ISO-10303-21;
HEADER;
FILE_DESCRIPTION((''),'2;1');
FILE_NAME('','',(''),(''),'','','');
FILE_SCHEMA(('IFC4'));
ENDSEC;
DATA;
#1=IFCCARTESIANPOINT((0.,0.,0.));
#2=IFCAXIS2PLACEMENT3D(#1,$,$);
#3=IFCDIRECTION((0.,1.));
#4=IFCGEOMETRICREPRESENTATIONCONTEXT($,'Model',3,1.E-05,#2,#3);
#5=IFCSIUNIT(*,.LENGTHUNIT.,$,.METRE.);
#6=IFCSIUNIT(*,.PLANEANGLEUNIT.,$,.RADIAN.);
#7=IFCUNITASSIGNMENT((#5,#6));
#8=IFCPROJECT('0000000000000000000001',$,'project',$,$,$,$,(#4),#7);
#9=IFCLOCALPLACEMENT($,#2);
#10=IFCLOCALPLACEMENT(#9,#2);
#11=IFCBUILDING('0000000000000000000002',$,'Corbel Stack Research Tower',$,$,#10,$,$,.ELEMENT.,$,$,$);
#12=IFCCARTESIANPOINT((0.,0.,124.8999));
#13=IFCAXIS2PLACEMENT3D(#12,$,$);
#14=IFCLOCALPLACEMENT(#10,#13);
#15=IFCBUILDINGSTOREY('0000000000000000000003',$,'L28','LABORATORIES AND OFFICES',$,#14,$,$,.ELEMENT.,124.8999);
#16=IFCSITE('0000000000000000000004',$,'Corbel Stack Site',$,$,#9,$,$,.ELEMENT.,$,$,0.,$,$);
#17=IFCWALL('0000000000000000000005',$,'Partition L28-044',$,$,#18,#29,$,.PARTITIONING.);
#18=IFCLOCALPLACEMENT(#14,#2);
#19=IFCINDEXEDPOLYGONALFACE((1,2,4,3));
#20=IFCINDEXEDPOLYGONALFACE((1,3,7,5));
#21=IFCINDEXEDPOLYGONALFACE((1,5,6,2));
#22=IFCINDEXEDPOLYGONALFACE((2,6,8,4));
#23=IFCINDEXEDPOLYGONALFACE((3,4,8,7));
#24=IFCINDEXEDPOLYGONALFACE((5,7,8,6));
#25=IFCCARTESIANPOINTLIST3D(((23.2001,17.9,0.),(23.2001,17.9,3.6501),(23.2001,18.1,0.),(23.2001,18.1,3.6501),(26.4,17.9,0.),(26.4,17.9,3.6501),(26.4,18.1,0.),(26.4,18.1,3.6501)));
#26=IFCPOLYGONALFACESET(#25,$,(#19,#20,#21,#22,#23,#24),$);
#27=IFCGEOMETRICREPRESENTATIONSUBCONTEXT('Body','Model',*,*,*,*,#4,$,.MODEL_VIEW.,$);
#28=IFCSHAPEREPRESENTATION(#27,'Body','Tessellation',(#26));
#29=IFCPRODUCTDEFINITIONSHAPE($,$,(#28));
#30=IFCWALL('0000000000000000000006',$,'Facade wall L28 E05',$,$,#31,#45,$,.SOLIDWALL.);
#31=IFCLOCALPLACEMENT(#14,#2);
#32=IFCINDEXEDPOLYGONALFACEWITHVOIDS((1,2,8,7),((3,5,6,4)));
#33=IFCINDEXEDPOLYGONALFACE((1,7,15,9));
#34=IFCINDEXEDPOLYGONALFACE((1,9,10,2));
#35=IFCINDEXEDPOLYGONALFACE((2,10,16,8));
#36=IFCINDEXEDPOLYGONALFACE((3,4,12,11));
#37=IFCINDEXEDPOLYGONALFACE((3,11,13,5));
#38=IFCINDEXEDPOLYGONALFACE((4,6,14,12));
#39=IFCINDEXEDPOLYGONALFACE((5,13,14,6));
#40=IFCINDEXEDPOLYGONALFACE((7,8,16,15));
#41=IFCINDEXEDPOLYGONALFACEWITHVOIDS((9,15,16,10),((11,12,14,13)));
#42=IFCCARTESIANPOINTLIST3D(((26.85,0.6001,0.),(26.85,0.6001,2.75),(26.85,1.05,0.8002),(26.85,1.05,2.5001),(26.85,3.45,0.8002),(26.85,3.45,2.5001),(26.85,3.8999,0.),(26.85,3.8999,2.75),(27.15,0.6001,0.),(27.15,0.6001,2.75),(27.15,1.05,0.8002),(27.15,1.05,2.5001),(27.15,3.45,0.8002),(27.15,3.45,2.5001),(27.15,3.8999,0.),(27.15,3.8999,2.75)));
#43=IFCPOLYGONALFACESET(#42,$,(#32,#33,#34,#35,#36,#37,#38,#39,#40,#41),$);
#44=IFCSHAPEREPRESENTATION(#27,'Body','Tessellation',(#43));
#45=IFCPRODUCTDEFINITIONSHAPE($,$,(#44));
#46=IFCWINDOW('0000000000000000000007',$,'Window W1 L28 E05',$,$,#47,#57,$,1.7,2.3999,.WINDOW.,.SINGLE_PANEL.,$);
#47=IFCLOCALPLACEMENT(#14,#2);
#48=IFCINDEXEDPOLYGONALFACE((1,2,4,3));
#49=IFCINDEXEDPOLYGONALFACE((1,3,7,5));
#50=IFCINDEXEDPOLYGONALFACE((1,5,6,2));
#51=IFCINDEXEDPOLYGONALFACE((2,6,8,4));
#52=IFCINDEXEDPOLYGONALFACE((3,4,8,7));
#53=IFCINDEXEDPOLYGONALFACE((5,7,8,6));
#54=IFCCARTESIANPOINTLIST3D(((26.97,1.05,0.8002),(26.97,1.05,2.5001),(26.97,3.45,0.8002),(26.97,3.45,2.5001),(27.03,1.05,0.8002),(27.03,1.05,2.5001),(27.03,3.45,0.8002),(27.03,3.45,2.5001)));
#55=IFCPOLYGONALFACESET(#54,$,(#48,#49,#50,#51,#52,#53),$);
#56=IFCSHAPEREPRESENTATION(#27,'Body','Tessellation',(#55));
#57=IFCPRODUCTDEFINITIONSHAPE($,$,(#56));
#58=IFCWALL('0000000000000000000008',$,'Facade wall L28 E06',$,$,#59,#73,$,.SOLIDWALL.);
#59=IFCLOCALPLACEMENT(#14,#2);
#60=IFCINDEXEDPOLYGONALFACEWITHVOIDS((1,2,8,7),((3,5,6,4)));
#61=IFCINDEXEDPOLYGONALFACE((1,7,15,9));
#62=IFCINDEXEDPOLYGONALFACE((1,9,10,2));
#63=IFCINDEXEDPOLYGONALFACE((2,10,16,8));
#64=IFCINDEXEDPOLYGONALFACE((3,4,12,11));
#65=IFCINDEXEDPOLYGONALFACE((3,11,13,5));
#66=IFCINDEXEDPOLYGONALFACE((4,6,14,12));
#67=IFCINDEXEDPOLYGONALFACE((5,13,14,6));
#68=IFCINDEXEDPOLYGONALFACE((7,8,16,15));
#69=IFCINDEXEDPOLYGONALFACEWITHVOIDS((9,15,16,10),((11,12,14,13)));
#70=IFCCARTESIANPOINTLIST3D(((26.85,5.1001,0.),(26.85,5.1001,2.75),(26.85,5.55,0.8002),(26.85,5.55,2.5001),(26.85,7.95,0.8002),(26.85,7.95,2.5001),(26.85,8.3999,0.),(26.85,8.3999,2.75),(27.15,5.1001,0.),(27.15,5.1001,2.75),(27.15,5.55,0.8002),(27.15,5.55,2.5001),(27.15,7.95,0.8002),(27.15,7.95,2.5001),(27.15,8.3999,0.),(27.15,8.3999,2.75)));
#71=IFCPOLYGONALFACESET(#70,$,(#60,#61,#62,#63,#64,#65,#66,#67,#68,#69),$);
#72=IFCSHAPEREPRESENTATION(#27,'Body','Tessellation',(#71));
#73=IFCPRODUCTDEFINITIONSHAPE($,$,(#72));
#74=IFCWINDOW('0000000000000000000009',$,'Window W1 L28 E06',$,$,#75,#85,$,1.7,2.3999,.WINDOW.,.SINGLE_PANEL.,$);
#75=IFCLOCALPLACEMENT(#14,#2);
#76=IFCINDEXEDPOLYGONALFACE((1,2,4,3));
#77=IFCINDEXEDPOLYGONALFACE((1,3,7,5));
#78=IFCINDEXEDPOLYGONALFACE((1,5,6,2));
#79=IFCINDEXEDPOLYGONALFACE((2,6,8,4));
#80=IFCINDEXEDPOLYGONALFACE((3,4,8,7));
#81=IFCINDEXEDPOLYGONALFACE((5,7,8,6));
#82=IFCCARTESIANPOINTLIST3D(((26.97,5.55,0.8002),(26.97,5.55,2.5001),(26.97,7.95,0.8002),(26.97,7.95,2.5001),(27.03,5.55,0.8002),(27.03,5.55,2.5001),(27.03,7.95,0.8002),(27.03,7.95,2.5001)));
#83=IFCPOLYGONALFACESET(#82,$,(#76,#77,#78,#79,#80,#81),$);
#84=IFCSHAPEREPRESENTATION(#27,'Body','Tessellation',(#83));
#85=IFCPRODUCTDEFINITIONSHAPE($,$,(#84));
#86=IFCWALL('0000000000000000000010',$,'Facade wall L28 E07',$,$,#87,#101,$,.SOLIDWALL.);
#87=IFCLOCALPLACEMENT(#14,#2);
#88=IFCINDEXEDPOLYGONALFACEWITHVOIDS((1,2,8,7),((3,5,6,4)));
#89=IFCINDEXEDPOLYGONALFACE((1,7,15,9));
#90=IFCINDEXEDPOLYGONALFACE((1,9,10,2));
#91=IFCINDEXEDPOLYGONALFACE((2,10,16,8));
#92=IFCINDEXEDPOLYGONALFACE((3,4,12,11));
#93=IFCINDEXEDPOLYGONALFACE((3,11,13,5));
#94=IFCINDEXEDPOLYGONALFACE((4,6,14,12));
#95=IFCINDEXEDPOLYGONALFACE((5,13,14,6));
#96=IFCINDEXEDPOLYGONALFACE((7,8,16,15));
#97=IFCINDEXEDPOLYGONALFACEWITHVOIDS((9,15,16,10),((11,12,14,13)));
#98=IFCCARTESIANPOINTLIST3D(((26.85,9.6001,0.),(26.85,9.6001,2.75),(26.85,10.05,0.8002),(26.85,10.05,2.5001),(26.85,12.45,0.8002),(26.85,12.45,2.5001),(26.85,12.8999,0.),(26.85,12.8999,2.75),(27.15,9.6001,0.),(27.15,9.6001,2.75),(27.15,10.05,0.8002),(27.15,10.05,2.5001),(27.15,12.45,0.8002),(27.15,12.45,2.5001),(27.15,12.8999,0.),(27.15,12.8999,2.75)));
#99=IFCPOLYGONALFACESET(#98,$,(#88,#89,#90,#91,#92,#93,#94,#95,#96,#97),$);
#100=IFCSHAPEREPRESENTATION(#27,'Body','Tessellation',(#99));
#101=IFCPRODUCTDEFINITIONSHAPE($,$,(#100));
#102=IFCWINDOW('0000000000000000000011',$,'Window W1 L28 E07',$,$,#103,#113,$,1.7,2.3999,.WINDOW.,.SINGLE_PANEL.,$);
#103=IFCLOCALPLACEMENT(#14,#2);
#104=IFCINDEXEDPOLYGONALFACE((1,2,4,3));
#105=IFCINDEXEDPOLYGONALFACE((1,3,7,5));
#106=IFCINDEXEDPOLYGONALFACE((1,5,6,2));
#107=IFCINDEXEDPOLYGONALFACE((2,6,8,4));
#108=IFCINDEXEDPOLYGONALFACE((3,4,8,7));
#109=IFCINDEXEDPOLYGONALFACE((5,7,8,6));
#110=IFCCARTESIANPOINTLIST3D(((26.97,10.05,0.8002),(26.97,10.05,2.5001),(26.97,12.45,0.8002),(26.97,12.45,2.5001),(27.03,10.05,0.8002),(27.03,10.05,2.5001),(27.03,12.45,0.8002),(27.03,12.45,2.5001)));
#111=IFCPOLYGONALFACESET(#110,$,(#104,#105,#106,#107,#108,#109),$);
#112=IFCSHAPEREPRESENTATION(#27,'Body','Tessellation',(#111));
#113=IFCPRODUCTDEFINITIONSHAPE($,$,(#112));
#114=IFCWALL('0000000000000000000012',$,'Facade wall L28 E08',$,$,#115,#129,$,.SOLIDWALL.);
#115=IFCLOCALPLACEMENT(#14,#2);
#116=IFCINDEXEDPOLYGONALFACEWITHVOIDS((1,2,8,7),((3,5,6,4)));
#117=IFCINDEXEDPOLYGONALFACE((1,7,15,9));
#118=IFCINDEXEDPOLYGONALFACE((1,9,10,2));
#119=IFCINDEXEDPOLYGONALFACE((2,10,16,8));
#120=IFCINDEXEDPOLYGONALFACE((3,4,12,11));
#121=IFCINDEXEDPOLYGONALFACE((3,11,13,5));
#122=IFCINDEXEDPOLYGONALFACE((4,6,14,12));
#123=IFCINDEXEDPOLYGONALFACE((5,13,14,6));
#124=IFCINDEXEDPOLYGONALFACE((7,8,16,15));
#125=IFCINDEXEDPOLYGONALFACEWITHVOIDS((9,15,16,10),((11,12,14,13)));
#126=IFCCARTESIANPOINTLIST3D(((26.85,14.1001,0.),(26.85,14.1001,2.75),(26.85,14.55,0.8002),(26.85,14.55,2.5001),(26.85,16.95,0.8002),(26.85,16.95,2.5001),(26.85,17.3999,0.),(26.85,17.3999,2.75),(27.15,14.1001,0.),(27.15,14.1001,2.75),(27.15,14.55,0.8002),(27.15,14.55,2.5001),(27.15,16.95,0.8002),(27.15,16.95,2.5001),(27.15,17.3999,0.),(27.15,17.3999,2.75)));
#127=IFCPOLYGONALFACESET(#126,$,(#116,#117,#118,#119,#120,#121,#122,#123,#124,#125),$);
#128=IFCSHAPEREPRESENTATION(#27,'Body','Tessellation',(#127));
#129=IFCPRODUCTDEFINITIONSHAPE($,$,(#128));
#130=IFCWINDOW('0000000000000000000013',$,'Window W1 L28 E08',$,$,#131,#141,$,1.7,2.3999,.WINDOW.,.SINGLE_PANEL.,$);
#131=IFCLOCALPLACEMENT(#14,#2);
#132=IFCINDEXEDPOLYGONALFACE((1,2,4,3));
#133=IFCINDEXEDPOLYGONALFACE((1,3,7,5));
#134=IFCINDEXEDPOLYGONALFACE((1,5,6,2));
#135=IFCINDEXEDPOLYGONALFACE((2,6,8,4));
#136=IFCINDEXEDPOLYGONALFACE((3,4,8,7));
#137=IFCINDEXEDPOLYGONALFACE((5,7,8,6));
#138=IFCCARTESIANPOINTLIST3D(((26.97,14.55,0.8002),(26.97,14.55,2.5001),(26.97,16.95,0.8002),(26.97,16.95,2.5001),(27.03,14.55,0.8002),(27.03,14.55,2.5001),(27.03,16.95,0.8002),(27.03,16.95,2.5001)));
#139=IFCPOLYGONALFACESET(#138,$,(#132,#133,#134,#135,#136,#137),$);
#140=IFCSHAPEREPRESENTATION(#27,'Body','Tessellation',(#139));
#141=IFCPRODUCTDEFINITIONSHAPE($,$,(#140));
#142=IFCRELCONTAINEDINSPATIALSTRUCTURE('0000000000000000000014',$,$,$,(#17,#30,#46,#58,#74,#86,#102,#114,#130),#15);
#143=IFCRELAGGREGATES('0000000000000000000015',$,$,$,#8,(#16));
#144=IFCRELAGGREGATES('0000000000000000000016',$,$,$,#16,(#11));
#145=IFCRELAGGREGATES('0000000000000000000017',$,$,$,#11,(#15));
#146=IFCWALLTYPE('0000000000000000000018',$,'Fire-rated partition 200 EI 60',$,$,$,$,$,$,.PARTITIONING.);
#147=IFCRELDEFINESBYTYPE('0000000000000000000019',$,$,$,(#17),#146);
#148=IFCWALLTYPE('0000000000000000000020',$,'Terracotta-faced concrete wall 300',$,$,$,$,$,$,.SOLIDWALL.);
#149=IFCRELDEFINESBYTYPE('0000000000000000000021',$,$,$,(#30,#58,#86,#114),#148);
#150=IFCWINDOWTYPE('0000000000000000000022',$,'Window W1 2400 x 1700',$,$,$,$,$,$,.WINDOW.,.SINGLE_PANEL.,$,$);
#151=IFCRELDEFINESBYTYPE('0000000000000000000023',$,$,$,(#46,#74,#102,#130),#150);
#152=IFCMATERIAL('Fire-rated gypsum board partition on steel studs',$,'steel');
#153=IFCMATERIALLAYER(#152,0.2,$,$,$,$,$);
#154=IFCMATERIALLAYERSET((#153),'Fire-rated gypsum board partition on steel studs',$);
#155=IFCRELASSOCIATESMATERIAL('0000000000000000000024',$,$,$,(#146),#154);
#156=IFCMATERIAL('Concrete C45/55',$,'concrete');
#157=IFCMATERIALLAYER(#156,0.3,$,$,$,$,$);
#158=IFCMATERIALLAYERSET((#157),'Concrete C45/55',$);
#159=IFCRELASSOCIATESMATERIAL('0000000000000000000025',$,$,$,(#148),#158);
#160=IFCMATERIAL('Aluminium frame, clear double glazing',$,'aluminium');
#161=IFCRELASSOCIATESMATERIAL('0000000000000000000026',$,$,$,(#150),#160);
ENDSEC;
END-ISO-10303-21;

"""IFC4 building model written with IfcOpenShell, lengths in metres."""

from ifc_helpers import new_model, si_unit, direction, frame, frame_2d, origin, place, context, subcontext, project, spatial, rectangle, extrude, material, layer, layer_set, type_object, element, fill, save


model = new_model("IFC4")

# Units and contexts
model_context = context("Model", 3, precision=1e-05, world=origin(), true_north=direction((0.0, 1.0)))
body_context = subcontext(model_context, "Body", "Model", "MODEL_VIEW")
ifc_project = project(units=[si_unit("LENGTHUNIT", "METRE"), si_unit("PLANEANGLEUNIT", "RADIAN")], contexts=[model_context])

# Site, building, storey
site_placement = place(None, origin())
site = spatial("IfcSite", under=ifc_project, at=site_placement, Name="Corbel Stack Site", CompositionType="ELEMENT", RefElevation=0.0)
building_placement = place(site_placement, origin())
building = spatial("IfcBuilding", under=site, at=building_placement, Name="Corbel Stack Research Tower", CompositionType="ELEMENT")
storey_placement = place(building_placement, frame((0.0, 0.0, 124.8999)))
storey = spatial("IfcBuildingStorey", under=building, at=storey_placement, Name="L28", Description="LABORATORIES AND OFFICES", CompositionType="ELEMENT", Elevation=124.8999)

# Wall
ifc_material_1 = material(Name="Fire-rated gypsum board partition on steel studs", Category="steel")
ifc_layer_1 = layer(ifc_material_1, 0.2)
ifc_layer_set_1 = layer_set([ifc_layer_1], Name="Fire-rated gypsum board partition on steel studs")
wall_type_1 = type_object("IfcWallType", Name="Fire-rated partition 200 EI 60", PredefinedType="PARTITIONING", material=ifc_layer_set_1)
wall_1_placement = place(storey_placement, frame((23.2, 18.0, 0.0), z_axis=(0.0, 0.0, 1.0), x_axis=(1.0, 0.0, 0.0)))
element("IfcWall", 1, at=wall_1_placement, inside=storey, type_object=wall_type_1, Name="Partition L28-044", PredefinedType="PARTITIONING", context=body_context, shape_type="SweptSolid", body=[
    extrude(rectangle(XDim=3.2, YDim=0.2, at=frame_2d((1.6001, 0.0))), origin(), (0.0, 0.0, 1.0), 3.6501),
])

# Walls, openings, windows
ifc_material_2 = material(Name="Concrete C45/55", Category="concrete")
ifc_layer_2 = layer(ifc_material_2, 0.3)
ifc_layer_set_2 = layer_set([ifc_layer_2], Name="Concrete C45/55")
wall_type_2 = type_object("IfcWallType", Name="Terracotta-faced concrete wall 300", PredefinedType="SOLIDWALL", material=ifc_layer_set_2)
wall_2_placement = place(storey_placement, frame((27.0, 3.8999, 0.0), z_axis=(0.0, 0.0, 1.0), x_axis=(0.0, -1.0, 0.0)))
wall_2 = element("IfcWall", 2, at=wall_2_placement, inside=storey, type_object=wall_type_2, Name="Facade wall L28 E05", PredefinedType="SOLIDWALL", context=body_context, shape_type="SweptSolid", body=[
    extrude(rectangle(XDim=3.2998, YDim=0.3, at=frame_2d((1.6499, 0.0))), origin(), (0.0, 0.0, 1.0), 2.75),
])
opening_1_placement = place(wall_2_placement, frame((0.45, 0.0, 0.8)))
opening_1 = element("IfcOpeningElement", 3, at=opening_1_placement, cuts=wall_2, PredefinedType="OPENING", context=body_context, shape_type="SweptSolid", body=[
    extrude(rectangle(XDim=2.3999, YDim=1.7, at=frame_2d((1.2, 0.8501))), frame((0.0, 0.1599, 0.0), z_axis=(0.0, -1.0, 0.0), x_axis=(1.0, 0.0, 0.0)), (0.0, 0.0, 1.0), 0.3201),
])
ifc_material_3 = material(Name="Aluminium frame, clear double glazing", Category="aluminium")
window_type = type_object("IfcWindowType", Name="Window W1 2400 x 1700", PartitioningType="SINGLE_PANEL", PredefinedType="WINDOW", material=ifc_material_3)
window_1_placement = place(opening_1_placement, origin())
window_1 = element("IfcWindow", 4, at=window_1_placement, inside=storey, type_object=window_type, Name="Window W1 L28 E05", OverallHeight=1.7, OverallWidth=2.3999, PartitioningType="SINGLE_PANEL", PredefinedType="WINDOW", context=body_context, shape_type="SweptSolid", body=[
    extrude(rectangle(XDim=2.3999, YDim=1.7, at=frame_2d((1.2, 0.8501))), frame((0.0, 0.03, 0.0), z_axis=(0.0, -1.0, 0.0), x_axis=(1.0, 0.0, 0.0)), (0.0, 0.0, 1.0), 0.0601),
])
fill(opening_1, window_1)
wall_3_placement = place(storey_placement, frame((27.0, 8.3999, 0.0), z_axis=(0.0, 0.0, 1.0), x_axis=(0.0, -1.0, 0.0)))
wall_3 = element("IfcWall", 5, at=wall_3_placement, inside=storey, type_object=wall_type_2, Name="Facade wall L28 E06", PredefinedType="SOLIDWALL", context=body_context, shape_type="SweptSolid", body=[
    extrude(rectangle(XDim=3.2998, YDim=0.3, at=frame_2d((1.6499, 0.0))), origin(), (0.0, 0.0, 1.0), 2.75),
])
opening_2_placement = place(wall_3_placement, frame((0.45, 0.0, 0.8)))
opening_2 = element("IfcOpeningElement", 6, at=opening_2_placement, cuts=wall_3, PredefinedType="OPENING", context=body_context, shape_type="SweptSolid", body=[
    extrude(rectangle(XDim=2.3999, YDim=1.7, at=frame_2d((1.2, 0.8501))), frame((0.0, 0.1599, 0.0), z_axis=(0.0, -1.0, 0.0), x_axis=(1.0, 0.0, 0.0)), (0.0, 0.0, 1.0), 0.3201),
])
window_2_placement = place(opening_2_placement, origin())
window_2 = element("IfcWindow", 7, at=window_2_placement, inside=storey, type_object=window_type, Name="Window W1 L28 E06", OverallHeight=1.7, OverallWidth=2.3999, PartitioningType="SINGLE_PANEL", PredefinedType="WINDOW", context=body_context, shape_type="SweptSolid", body=[
    extrude(rectangle(XDim=2.3999, YDim=1.7, at=frame_2d((1.2, 0.8501))), frame((0.0, 0.03, 0.0), z_axis=(0.0, -1.0, 0.0), x_axis=(1.0, 0.0, 0.0)), (0.0, 0.0, 1.0), 0.0601),
])
fill(opening_2, window_2)
wall_4_placement = place(storey_placement, frame((27.0, 12.8999, 0.0), z_axis=(0.0, 0.0, 1.0), x_axis=(0.0, -1.0, 0.0)))
wall_4 = element("IfcWall", 8, at=wall_4_placement, inside=storey, type_object=wall_type_2, Name="Facade wall L28 E07", PredefinedType="SOLIDWALL", context=body_context, shape_type="SweptSolid", body=[
    extrude(rectangle(XDim=3.2998, YDim=0.3, at=frame_2d((1.6499, 0.0))), origin(), (0.0, 0.0, 1.0), 2.75),
])
opening_3_placement = place(wall_4_placement, frame((0.45, 0.0, 0.8)))
opening_3 = element("IfcOpeningElement", 9, at=opening_3_placement, cuts=wall_4, PredefinedType="OPENING", context=body_context, shape_type="SweptSolid", body=[
    extrude(rectangle(XDim=2.3999, YDim=1.7, at=frame_2d((1.2, 0.8501))), frame((0.0, 0.1599, 0.0), z_axis=(0.0, -1.0, 0.0), x_axis=(1.0, 0.0, 0.0)), (0.0, 0.0, 1.0), 0.3201),
])
window_3_placement = place(opening_3_placement, origin())
window_3 = element("IfcWindow", 10, at=window_3_placement, inside=storey, type_object=window_type, Name="Window W1 L28 E07", OverallHeight=1.7, OverallWidth=2.3999, PartitioningType="SINGLE_PANEL", PredefinedType="WINDOW", context=body_context, shape_type="SweptSolid", body=[
    extrude(rectangle(XDim=2.3999, YDim=1.7, at=frame_2d((1.2, 0.8501))), frame((0.0, 0.03, 0.0), z_axis=(0.0, -1.0, 0.0), x_axis=(1.0, 0.0, 0.0)), (0.0, 0.0, 1.0), 0.0601),
])
fill(opening_3, window_3)
wall_5_placement = place(storey_placement, frame((27.0, 17.3999, 0.0), z_axis=(0.0, 0.0, 1.0), x_axis=(0.0, -1.0, 0.0)))
wall_5 = element("IfcWall", 11, at=wall_5_placement, inside=storey, type_object=wall_type_2, Name="Facade wall L28 E08", PredefinedType="SOLIDWALL", context=body_context, shape_type="SweptSolid", body=[
    extrude(rectangle(XDim=3.2998, YDim=0.3, at=frame_2d((1.6499, 0.0))), origin(), (0.0, 0.0, 1.0), 2.75),
])
opening_4_placement = place(wall_5_placement, frame((0.45, 0.0, 0.8)))
opening_4 = element("IfcOpeningElement", 12, at=opening_4_placement, cuts=wall_5, PredefinedType="OPENING", context=body_context, shape_type="SweptSolid", body=[
    extrude(rectangle(XDim=2.3999, YDim=1.7, at=frame_2d((1.2, 0.8501))), frame((0.0, 0.1599, 0.0), z_axis=(0.0, -1.0, 0.0), x_axis=(1.0, 0.0, 0.0)), (0.0, 0.0, 1.0), 0.3201),
])
window_4_placement = place(opening_4_placement, origin())
window_4 = element("IfcWindow", 13, at=window_4_placement, inside=storey, type_object=window_type, Name="Window W1 L28 E08", OverallHeight=1.7, OverallWidth=2.3999, PartitioningType="SINGLE_PANEL", PredefinedType="WINDOW", context=body_context, shape_type="SweptSolid", body=[
    extrude(rectangle(XDim=2.3999, YDim=1.7, at=frame_2d((1.2, 0.8501))), frame((0.0, 0.03, 0.0), z_axis=(0.0, -1.0, 0.0), x_axis=(1.0, 0.0, 0.0)), (0.0, 0.0, 1.0), 0.0601),
])
fill(opening_4, window_4)

save(model, "model.ifc")
